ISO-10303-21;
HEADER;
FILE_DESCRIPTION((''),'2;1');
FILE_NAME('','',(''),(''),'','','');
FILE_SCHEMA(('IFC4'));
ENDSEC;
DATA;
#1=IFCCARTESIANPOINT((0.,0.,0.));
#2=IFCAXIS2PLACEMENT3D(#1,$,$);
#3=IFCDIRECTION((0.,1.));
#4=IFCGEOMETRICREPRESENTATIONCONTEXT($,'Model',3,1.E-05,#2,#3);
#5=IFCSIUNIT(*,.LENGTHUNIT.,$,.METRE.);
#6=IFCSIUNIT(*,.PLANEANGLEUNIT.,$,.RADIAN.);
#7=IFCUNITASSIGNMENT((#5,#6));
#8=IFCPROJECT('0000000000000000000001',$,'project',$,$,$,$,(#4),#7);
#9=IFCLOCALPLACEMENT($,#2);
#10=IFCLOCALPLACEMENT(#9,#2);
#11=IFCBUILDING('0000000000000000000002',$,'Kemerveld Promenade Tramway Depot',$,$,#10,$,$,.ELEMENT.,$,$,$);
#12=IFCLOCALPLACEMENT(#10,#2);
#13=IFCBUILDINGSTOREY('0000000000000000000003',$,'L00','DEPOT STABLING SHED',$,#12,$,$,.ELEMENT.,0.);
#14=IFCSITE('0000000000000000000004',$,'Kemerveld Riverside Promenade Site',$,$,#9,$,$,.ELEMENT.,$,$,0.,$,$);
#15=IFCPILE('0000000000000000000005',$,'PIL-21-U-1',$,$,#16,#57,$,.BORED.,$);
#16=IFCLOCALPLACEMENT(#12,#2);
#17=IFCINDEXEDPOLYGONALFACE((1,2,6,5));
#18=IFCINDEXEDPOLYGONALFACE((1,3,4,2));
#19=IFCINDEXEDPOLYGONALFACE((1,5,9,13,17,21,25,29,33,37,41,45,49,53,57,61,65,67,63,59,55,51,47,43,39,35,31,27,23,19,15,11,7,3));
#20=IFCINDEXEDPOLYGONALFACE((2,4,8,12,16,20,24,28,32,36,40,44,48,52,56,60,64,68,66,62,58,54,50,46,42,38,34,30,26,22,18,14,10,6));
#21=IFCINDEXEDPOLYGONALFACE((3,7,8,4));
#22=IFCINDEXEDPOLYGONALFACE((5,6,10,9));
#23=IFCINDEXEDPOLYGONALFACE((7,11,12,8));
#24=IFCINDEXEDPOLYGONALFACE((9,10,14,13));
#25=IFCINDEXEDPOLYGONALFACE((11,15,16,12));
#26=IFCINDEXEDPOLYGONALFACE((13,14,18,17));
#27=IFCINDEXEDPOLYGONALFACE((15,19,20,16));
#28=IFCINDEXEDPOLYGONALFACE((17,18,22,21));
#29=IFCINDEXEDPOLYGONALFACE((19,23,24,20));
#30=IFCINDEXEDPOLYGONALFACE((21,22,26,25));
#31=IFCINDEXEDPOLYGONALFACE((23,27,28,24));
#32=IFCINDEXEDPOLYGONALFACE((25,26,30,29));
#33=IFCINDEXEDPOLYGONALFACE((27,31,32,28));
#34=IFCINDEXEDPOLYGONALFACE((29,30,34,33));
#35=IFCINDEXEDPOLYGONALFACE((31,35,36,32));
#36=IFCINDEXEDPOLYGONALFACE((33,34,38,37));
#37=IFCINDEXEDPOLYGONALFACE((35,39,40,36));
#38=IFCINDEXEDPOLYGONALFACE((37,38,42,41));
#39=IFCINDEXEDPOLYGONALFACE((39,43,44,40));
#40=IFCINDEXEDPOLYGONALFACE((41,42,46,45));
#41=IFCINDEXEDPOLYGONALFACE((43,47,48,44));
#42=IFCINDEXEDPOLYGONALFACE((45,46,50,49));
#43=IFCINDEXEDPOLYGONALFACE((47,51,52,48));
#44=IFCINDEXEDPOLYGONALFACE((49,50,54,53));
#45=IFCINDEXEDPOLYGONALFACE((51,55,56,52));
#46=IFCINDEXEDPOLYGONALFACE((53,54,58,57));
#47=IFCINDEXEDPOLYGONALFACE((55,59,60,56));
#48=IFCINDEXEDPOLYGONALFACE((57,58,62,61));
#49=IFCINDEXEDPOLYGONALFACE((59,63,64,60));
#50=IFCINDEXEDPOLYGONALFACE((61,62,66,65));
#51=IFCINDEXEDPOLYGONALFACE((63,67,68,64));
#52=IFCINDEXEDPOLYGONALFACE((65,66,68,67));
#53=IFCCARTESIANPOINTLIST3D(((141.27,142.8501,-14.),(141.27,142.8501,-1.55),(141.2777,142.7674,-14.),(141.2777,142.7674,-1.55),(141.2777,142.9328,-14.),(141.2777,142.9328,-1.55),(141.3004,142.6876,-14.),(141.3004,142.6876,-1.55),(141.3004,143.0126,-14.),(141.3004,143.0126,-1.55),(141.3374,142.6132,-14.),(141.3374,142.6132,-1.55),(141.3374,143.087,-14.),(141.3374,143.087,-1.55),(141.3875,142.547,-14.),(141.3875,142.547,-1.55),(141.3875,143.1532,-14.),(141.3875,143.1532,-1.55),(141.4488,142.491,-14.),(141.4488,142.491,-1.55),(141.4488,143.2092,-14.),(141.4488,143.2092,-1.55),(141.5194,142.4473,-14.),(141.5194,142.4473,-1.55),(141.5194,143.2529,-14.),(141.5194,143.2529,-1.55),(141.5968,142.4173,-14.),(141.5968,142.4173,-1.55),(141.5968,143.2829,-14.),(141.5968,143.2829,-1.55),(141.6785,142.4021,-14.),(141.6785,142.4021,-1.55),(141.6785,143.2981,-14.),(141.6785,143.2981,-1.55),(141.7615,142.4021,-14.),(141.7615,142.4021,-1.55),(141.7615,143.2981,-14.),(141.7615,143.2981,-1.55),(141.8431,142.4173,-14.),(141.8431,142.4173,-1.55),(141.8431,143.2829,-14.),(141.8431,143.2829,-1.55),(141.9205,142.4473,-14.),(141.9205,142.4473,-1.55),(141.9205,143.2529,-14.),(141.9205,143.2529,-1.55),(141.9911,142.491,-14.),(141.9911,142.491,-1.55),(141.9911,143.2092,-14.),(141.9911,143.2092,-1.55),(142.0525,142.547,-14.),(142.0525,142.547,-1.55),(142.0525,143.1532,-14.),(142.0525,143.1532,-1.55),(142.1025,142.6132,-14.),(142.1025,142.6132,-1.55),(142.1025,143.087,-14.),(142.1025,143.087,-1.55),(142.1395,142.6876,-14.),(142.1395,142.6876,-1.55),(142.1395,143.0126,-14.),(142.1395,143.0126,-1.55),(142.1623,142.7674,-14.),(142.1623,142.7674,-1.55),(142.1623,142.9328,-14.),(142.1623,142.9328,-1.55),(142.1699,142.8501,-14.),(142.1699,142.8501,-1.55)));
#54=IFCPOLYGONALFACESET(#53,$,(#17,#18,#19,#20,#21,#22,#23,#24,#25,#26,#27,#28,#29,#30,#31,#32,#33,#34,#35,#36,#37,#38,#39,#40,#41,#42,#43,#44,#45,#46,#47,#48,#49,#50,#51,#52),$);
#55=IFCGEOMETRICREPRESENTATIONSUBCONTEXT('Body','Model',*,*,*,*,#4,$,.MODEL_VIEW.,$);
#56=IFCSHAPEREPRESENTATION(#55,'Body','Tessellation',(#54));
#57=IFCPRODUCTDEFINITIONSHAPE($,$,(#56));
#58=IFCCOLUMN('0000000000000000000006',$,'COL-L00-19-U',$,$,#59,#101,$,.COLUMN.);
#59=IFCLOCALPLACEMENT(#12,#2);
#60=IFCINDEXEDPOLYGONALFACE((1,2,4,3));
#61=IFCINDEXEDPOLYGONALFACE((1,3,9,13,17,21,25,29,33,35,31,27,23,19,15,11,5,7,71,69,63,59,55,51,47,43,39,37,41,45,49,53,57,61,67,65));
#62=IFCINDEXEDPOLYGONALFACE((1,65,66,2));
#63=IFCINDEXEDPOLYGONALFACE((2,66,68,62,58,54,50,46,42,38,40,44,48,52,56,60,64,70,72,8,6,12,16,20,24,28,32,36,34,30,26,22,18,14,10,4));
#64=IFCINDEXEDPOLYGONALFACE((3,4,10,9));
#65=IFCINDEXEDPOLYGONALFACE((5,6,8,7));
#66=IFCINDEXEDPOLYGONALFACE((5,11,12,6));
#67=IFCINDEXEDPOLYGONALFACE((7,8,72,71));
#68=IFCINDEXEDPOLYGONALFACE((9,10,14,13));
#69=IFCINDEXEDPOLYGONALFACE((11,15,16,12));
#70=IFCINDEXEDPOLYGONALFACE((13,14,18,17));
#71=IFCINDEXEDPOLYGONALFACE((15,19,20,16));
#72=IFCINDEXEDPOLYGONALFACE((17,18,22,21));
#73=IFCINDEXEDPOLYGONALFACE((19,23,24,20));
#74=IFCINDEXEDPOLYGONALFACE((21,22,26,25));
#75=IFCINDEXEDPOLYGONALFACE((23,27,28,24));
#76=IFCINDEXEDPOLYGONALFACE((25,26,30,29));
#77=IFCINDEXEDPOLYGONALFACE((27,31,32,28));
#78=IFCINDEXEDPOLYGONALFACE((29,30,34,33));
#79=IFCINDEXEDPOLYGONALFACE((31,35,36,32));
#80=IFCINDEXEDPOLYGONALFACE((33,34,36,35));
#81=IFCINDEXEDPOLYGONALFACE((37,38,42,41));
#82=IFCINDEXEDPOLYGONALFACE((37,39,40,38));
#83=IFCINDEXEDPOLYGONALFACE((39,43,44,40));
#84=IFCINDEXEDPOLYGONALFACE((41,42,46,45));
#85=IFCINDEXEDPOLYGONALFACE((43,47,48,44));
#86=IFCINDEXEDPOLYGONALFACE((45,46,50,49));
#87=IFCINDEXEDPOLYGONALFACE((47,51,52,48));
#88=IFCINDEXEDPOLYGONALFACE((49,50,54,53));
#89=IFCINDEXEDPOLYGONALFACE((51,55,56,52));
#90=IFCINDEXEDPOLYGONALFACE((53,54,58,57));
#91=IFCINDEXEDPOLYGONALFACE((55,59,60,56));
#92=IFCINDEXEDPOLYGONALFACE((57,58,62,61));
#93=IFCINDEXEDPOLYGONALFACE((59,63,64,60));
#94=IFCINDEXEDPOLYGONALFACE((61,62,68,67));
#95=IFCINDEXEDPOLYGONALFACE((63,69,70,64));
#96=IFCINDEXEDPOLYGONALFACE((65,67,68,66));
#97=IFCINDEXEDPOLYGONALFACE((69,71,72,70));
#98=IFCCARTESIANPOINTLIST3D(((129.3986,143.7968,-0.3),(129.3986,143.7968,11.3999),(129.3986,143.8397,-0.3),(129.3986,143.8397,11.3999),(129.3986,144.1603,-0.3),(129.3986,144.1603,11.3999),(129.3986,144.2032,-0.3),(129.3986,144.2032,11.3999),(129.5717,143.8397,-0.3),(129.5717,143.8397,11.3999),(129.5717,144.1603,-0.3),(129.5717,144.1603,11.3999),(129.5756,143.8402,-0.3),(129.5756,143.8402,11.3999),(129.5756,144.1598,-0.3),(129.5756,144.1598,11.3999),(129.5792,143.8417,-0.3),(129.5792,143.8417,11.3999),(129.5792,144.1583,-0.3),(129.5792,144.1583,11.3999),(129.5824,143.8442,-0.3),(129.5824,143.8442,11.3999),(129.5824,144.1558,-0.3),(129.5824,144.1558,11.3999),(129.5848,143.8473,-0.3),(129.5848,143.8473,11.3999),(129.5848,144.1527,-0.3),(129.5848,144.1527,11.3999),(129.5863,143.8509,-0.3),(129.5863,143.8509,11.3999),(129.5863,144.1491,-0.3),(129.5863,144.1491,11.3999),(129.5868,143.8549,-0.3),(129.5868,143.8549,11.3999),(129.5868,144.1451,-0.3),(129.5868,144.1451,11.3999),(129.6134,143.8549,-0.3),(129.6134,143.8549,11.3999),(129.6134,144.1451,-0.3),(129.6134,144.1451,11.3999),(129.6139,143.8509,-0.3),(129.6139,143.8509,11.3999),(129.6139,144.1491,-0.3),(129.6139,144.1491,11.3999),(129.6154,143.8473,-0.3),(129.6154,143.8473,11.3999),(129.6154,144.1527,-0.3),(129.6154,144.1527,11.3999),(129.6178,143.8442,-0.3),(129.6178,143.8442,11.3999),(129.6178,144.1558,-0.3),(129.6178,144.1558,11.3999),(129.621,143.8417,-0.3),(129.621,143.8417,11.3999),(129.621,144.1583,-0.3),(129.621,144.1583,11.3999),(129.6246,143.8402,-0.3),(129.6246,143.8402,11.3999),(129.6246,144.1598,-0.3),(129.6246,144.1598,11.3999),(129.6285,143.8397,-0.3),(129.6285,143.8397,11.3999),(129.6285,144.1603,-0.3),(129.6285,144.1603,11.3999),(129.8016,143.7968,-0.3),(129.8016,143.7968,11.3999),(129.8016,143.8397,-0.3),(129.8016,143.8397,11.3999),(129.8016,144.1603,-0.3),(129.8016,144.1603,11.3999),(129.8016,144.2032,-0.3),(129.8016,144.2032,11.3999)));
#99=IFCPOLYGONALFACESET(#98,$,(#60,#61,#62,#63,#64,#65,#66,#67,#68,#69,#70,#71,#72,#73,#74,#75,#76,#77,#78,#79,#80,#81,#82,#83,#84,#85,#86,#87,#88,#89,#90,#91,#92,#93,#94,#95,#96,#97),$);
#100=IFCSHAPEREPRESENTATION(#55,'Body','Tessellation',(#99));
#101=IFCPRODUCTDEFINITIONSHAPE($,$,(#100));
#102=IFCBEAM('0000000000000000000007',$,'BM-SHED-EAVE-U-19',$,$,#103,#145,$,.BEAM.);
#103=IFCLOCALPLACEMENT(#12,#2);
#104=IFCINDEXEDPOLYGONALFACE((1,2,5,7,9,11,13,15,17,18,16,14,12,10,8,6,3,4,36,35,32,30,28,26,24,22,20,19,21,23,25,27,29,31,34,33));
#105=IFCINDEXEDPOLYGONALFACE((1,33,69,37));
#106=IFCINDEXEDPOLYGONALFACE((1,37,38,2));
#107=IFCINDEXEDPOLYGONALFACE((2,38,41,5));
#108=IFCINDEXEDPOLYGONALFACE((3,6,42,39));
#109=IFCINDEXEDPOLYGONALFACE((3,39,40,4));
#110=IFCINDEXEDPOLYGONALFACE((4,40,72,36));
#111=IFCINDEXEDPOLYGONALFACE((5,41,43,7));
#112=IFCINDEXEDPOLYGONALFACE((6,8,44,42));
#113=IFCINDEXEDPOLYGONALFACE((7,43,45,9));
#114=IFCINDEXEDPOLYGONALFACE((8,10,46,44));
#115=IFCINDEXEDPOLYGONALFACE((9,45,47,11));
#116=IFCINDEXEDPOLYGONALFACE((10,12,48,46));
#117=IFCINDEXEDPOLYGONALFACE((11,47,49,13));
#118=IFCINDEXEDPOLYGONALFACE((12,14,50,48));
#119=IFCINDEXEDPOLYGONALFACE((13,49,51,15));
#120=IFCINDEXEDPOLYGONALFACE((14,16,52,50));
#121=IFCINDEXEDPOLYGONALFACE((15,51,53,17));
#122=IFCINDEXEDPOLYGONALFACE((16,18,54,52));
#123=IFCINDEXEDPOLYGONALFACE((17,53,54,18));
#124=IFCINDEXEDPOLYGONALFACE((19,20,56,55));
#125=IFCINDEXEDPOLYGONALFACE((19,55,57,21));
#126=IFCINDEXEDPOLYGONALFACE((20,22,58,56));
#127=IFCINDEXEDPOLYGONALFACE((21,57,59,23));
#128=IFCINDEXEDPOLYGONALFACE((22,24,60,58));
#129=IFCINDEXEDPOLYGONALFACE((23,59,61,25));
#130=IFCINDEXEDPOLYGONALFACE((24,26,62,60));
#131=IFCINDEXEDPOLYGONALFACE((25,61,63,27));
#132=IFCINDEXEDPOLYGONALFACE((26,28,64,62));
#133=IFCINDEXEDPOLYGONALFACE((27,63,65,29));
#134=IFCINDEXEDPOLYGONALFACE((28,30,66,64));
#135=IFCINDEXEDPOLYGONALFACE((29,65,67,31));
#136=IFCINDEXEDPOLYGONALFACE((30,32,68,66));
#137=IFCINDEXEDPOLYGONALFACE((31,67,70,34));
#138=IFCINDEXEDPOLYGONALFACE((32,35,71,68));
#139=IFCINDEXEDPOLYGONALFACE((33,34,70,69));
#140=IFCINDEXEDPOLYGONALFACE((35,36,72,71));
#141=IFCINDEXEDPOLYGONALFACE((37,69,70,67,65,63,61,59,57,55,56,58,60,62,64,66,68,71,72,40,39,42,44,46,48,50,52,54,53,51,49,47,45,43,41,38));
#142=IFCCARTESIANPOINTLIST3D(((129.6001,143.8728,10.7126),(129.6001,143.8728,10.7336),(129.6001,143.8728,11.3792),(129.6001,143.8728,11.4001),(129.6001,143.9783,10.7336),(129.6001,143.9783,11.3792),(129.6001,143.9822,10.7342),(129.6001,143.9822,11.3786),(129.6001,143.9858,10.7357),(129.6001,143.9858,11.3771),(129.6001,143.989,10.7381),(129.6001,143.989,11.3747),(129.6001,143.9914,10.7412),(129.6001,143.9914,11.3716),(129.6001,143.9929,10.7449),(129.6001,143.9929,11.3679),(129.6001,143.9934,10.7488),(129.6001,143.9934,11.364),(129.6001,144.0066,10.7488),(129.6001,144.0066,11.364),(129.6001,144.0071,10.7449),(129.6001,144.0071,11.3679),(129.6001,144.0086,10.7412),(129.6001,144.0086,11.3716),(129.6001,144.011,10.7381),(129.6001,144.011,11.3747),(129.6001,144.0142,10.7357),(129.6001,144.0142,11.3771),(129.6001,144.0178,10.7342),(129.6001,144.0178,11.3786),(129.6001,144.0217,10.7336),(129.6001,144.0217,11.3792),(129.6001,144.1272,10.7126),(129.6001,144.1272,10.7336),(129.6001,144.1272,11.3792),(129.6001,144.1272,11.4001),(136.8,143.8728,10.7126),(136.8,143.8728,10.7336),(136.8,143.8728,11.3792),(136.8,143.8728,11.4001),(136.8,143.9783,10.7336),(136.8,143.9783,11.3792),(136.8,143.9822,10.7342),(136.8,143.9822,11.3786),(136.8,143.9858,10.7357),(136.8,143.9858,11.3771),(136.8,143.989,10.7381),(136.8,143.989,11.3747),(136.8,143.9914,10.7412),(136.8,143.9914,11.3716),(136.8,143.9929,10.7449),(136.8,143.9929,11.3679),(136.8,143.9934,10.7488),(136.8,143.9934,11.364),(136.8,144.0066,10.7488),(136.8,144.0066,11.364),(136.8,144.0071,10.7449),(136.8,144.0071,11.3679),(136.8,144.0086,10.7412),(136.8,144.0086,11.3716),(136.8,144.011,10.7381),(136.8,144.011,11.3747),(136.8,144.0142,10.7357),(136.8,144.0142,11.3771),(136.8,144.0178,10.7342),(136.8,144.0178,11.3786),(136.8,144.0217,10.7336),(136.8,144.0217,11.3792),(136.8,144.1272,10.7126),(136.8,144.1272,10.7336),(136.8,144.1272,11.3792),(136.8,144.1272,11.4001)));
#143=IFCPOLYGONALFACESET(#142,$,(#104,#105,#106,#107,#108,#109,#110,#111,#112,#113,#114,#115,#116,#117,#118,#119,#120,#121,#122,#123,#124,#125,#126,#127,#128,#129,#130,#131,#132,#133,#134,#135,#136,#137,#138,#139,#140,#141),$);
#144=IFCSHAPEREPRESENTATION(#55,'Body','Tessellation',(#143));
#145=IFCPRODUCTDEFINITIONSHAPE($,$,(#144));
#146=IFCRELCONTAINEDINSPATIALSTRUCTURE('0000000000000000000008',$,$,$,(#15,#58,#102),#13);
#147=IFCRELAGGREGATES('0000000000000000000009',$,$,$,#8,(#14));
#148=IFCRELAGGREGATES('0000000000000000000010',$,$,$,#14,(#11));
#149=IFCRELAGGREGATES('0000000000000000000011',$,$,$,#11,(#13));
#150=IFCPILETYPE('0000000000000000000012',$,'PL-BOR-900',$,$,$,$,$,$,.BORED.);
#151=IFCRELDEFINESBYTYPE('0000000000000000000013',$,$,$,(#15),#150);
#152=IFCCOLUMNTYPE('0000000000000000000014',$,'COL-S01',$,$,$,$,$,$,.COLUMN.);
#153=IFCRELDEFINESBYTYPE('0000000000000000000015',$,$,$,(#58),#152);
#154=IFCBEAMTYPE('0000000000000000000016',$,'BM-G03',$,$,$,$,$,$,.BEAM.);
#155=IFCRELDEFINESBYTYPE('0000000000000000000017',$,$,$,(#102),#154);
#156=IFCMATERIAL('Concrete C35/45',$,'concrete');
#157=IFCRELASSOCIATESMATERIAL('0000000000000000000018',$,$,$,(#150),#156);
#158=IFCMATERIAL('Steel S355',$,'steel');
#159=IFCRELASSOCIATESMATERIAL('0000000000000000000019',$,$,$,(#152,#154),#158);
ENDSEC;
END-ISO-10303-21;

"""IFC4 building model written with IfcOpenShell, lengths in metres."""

from ifc_helpers import new_model, si_unit, direction, frame, origin, origin_2d, place, context, subcontext, project, spatial, circle, i_section, extrude, material, material_profile, profile_set, type_object, element, save


model = new_model("IFC4")

# Units and contexts
model_context = context("Model", 3, precision=1e-05, world=origin(), true_north=direction((0.0, 1.0)))
body_context = subcontext(model_context, "Body", "Model", "MODEL_VIEW")
ifc_project = project(units=[si_unit("LENGTHUNIT", "METRE"), si_unit("PLANEANGLEUNIT", "RADIAN")], contexts=[model_context])

# Site, building, storey
site_placement = place(None, origin())
site = spatial("IfcSite", under=ifc_project, at=site_placement, Name="Kemerveld Riverside Promenade Site", CompositionType="ELEMENT", RefElevation=0.0)
building_placement = place(site_placement, origin())
building = spatial("IfcBuilding", under=site, at=building_placement, Name="Kemerveld Promenade Tramway Depot", CompositionType="ELEMENT")
storey_placement = place(building_placement, origin())
storey = spatial("IfcBuildingStorey", under=building, at=storey_placement, Name="L00", Description="DEPOT STABLING SHED", CompositionType="ELEMENT", Elevation=0.0)

# Shared definitions
ifc_material_1 = material(Name="Concrete C35/45", Category="concrete")

# Pile
ifc_material_profile_1 = material_profile(ifc_material_1, circle(Radius=0.45, at=origin_2d()), Name="PILE-D900")
ifc_profile_set_1 = profile_set([ifc_material_profile_1], Name="Concrete C35/45")
pile_type_1 = type_object("IfcPileType", Name="PL-BOR-900", PredefinedType="BORED", material=ifc_profile_set_1)
pile_1_placement = place(storey_placement, frame((141.72, 142.8501, -1.55), z_axis=(0.0, 0.0, -1.0), x_axis=(1.0, 0.0, 0.0)))
element("IfcPile", 1, at=pile_1_placement, inside=storey, type_object=pile_type_1, Name="PIL-21-U-1", PredefinedType="BORED", context=body_context, shape_type="SweptSolid", body=[
    extrude(circle(Radius=0.45, at=origin_2d()), origin(), (0.0, 0.0, 1.0), 12.45),
])

# Column
ifc_material_2 = material(Name="Steel S355", Category="steel")
ifc_material_profile_2 = material_profile(ifc_material_2, i_section(OverallWidth=0.4031, OverallDepth=0.4065, WebThickness=0.0266, FlangeThickness=0.043, FilletRadius=0.0151, at=origin_2d()), Name="356x406x340 UC")
ifc_profile_set_2 = profile_set([ifc_material_profile_2], Name="Steel S355")
column_type = type_object("IfcColumnType", Name="COL-S01", PredefinedType="COLUMN", material=ifc_profile_set_2)
column_placement = place(storey_placement, frame((129.6001, 144.0, -0.3), z_axis=(0.0, 0.0, 1.0), x_axis=(1.0, 0.0, 0.0)))
element("IfcColumn", 2, at=column_placement, inside=storey, type_object=column_type, Name="COL-L00-19-U", PredefinedType="COLUMN", context=body_context, shape_type="SweptSolid", body=[
    extrude(i_section(OverallWidth=0.4031, OverallDepth=0.4065, WebThickness=0.0266, FlangeThickness=0.043, FilletRadius=0.0151, at=origin_2d()), origin(), (0.0, 0.0, 1.0), 11.7),
])

# Beam
ifc_material_profile_3 = material_profile(ifc_material_2, i_section(OverallWidth=0.2544, OverallDepth=0.6875, WebThickness=0.0132, FlangeThickness=0.021, FilletRadius=0.0151, at=origin_2d()), Name="686x254x152 UB")
ifc_profile_set_3 = profile_set([ifc_material_profile_3], Name="Steel S355")
beam_type = type_object("IfcBeamType", Name="BM-G03", PredefinedType="BEAM", material=ifc_profile_set_3)
beam_placement = place(storey_placement, frame((129.6001, 144.0, 11.0564), z_axis=(1.0, 0.0, 0.0), x_axis=(0.0, 1.0, 0.0)))
element("IfcBeam", 3, at=beam_placement, inside=storey, type_object=beam_type, Name="BM-SHED-EAVE-U-19", PredefinedType="BEAM", context=body_context, shape_type="SweptSolid", body=[
    extrude(i_section(OverallWidth=0.2544, OverallDepth=0.6875, WebThickness=0.0132, FlangeThickness=0.021, FilletRadius=0.0151, at=origin_2d()), origin(), (0.0, 0.0, 1.0), 7.2),
])

save(model, "model.ifc")
